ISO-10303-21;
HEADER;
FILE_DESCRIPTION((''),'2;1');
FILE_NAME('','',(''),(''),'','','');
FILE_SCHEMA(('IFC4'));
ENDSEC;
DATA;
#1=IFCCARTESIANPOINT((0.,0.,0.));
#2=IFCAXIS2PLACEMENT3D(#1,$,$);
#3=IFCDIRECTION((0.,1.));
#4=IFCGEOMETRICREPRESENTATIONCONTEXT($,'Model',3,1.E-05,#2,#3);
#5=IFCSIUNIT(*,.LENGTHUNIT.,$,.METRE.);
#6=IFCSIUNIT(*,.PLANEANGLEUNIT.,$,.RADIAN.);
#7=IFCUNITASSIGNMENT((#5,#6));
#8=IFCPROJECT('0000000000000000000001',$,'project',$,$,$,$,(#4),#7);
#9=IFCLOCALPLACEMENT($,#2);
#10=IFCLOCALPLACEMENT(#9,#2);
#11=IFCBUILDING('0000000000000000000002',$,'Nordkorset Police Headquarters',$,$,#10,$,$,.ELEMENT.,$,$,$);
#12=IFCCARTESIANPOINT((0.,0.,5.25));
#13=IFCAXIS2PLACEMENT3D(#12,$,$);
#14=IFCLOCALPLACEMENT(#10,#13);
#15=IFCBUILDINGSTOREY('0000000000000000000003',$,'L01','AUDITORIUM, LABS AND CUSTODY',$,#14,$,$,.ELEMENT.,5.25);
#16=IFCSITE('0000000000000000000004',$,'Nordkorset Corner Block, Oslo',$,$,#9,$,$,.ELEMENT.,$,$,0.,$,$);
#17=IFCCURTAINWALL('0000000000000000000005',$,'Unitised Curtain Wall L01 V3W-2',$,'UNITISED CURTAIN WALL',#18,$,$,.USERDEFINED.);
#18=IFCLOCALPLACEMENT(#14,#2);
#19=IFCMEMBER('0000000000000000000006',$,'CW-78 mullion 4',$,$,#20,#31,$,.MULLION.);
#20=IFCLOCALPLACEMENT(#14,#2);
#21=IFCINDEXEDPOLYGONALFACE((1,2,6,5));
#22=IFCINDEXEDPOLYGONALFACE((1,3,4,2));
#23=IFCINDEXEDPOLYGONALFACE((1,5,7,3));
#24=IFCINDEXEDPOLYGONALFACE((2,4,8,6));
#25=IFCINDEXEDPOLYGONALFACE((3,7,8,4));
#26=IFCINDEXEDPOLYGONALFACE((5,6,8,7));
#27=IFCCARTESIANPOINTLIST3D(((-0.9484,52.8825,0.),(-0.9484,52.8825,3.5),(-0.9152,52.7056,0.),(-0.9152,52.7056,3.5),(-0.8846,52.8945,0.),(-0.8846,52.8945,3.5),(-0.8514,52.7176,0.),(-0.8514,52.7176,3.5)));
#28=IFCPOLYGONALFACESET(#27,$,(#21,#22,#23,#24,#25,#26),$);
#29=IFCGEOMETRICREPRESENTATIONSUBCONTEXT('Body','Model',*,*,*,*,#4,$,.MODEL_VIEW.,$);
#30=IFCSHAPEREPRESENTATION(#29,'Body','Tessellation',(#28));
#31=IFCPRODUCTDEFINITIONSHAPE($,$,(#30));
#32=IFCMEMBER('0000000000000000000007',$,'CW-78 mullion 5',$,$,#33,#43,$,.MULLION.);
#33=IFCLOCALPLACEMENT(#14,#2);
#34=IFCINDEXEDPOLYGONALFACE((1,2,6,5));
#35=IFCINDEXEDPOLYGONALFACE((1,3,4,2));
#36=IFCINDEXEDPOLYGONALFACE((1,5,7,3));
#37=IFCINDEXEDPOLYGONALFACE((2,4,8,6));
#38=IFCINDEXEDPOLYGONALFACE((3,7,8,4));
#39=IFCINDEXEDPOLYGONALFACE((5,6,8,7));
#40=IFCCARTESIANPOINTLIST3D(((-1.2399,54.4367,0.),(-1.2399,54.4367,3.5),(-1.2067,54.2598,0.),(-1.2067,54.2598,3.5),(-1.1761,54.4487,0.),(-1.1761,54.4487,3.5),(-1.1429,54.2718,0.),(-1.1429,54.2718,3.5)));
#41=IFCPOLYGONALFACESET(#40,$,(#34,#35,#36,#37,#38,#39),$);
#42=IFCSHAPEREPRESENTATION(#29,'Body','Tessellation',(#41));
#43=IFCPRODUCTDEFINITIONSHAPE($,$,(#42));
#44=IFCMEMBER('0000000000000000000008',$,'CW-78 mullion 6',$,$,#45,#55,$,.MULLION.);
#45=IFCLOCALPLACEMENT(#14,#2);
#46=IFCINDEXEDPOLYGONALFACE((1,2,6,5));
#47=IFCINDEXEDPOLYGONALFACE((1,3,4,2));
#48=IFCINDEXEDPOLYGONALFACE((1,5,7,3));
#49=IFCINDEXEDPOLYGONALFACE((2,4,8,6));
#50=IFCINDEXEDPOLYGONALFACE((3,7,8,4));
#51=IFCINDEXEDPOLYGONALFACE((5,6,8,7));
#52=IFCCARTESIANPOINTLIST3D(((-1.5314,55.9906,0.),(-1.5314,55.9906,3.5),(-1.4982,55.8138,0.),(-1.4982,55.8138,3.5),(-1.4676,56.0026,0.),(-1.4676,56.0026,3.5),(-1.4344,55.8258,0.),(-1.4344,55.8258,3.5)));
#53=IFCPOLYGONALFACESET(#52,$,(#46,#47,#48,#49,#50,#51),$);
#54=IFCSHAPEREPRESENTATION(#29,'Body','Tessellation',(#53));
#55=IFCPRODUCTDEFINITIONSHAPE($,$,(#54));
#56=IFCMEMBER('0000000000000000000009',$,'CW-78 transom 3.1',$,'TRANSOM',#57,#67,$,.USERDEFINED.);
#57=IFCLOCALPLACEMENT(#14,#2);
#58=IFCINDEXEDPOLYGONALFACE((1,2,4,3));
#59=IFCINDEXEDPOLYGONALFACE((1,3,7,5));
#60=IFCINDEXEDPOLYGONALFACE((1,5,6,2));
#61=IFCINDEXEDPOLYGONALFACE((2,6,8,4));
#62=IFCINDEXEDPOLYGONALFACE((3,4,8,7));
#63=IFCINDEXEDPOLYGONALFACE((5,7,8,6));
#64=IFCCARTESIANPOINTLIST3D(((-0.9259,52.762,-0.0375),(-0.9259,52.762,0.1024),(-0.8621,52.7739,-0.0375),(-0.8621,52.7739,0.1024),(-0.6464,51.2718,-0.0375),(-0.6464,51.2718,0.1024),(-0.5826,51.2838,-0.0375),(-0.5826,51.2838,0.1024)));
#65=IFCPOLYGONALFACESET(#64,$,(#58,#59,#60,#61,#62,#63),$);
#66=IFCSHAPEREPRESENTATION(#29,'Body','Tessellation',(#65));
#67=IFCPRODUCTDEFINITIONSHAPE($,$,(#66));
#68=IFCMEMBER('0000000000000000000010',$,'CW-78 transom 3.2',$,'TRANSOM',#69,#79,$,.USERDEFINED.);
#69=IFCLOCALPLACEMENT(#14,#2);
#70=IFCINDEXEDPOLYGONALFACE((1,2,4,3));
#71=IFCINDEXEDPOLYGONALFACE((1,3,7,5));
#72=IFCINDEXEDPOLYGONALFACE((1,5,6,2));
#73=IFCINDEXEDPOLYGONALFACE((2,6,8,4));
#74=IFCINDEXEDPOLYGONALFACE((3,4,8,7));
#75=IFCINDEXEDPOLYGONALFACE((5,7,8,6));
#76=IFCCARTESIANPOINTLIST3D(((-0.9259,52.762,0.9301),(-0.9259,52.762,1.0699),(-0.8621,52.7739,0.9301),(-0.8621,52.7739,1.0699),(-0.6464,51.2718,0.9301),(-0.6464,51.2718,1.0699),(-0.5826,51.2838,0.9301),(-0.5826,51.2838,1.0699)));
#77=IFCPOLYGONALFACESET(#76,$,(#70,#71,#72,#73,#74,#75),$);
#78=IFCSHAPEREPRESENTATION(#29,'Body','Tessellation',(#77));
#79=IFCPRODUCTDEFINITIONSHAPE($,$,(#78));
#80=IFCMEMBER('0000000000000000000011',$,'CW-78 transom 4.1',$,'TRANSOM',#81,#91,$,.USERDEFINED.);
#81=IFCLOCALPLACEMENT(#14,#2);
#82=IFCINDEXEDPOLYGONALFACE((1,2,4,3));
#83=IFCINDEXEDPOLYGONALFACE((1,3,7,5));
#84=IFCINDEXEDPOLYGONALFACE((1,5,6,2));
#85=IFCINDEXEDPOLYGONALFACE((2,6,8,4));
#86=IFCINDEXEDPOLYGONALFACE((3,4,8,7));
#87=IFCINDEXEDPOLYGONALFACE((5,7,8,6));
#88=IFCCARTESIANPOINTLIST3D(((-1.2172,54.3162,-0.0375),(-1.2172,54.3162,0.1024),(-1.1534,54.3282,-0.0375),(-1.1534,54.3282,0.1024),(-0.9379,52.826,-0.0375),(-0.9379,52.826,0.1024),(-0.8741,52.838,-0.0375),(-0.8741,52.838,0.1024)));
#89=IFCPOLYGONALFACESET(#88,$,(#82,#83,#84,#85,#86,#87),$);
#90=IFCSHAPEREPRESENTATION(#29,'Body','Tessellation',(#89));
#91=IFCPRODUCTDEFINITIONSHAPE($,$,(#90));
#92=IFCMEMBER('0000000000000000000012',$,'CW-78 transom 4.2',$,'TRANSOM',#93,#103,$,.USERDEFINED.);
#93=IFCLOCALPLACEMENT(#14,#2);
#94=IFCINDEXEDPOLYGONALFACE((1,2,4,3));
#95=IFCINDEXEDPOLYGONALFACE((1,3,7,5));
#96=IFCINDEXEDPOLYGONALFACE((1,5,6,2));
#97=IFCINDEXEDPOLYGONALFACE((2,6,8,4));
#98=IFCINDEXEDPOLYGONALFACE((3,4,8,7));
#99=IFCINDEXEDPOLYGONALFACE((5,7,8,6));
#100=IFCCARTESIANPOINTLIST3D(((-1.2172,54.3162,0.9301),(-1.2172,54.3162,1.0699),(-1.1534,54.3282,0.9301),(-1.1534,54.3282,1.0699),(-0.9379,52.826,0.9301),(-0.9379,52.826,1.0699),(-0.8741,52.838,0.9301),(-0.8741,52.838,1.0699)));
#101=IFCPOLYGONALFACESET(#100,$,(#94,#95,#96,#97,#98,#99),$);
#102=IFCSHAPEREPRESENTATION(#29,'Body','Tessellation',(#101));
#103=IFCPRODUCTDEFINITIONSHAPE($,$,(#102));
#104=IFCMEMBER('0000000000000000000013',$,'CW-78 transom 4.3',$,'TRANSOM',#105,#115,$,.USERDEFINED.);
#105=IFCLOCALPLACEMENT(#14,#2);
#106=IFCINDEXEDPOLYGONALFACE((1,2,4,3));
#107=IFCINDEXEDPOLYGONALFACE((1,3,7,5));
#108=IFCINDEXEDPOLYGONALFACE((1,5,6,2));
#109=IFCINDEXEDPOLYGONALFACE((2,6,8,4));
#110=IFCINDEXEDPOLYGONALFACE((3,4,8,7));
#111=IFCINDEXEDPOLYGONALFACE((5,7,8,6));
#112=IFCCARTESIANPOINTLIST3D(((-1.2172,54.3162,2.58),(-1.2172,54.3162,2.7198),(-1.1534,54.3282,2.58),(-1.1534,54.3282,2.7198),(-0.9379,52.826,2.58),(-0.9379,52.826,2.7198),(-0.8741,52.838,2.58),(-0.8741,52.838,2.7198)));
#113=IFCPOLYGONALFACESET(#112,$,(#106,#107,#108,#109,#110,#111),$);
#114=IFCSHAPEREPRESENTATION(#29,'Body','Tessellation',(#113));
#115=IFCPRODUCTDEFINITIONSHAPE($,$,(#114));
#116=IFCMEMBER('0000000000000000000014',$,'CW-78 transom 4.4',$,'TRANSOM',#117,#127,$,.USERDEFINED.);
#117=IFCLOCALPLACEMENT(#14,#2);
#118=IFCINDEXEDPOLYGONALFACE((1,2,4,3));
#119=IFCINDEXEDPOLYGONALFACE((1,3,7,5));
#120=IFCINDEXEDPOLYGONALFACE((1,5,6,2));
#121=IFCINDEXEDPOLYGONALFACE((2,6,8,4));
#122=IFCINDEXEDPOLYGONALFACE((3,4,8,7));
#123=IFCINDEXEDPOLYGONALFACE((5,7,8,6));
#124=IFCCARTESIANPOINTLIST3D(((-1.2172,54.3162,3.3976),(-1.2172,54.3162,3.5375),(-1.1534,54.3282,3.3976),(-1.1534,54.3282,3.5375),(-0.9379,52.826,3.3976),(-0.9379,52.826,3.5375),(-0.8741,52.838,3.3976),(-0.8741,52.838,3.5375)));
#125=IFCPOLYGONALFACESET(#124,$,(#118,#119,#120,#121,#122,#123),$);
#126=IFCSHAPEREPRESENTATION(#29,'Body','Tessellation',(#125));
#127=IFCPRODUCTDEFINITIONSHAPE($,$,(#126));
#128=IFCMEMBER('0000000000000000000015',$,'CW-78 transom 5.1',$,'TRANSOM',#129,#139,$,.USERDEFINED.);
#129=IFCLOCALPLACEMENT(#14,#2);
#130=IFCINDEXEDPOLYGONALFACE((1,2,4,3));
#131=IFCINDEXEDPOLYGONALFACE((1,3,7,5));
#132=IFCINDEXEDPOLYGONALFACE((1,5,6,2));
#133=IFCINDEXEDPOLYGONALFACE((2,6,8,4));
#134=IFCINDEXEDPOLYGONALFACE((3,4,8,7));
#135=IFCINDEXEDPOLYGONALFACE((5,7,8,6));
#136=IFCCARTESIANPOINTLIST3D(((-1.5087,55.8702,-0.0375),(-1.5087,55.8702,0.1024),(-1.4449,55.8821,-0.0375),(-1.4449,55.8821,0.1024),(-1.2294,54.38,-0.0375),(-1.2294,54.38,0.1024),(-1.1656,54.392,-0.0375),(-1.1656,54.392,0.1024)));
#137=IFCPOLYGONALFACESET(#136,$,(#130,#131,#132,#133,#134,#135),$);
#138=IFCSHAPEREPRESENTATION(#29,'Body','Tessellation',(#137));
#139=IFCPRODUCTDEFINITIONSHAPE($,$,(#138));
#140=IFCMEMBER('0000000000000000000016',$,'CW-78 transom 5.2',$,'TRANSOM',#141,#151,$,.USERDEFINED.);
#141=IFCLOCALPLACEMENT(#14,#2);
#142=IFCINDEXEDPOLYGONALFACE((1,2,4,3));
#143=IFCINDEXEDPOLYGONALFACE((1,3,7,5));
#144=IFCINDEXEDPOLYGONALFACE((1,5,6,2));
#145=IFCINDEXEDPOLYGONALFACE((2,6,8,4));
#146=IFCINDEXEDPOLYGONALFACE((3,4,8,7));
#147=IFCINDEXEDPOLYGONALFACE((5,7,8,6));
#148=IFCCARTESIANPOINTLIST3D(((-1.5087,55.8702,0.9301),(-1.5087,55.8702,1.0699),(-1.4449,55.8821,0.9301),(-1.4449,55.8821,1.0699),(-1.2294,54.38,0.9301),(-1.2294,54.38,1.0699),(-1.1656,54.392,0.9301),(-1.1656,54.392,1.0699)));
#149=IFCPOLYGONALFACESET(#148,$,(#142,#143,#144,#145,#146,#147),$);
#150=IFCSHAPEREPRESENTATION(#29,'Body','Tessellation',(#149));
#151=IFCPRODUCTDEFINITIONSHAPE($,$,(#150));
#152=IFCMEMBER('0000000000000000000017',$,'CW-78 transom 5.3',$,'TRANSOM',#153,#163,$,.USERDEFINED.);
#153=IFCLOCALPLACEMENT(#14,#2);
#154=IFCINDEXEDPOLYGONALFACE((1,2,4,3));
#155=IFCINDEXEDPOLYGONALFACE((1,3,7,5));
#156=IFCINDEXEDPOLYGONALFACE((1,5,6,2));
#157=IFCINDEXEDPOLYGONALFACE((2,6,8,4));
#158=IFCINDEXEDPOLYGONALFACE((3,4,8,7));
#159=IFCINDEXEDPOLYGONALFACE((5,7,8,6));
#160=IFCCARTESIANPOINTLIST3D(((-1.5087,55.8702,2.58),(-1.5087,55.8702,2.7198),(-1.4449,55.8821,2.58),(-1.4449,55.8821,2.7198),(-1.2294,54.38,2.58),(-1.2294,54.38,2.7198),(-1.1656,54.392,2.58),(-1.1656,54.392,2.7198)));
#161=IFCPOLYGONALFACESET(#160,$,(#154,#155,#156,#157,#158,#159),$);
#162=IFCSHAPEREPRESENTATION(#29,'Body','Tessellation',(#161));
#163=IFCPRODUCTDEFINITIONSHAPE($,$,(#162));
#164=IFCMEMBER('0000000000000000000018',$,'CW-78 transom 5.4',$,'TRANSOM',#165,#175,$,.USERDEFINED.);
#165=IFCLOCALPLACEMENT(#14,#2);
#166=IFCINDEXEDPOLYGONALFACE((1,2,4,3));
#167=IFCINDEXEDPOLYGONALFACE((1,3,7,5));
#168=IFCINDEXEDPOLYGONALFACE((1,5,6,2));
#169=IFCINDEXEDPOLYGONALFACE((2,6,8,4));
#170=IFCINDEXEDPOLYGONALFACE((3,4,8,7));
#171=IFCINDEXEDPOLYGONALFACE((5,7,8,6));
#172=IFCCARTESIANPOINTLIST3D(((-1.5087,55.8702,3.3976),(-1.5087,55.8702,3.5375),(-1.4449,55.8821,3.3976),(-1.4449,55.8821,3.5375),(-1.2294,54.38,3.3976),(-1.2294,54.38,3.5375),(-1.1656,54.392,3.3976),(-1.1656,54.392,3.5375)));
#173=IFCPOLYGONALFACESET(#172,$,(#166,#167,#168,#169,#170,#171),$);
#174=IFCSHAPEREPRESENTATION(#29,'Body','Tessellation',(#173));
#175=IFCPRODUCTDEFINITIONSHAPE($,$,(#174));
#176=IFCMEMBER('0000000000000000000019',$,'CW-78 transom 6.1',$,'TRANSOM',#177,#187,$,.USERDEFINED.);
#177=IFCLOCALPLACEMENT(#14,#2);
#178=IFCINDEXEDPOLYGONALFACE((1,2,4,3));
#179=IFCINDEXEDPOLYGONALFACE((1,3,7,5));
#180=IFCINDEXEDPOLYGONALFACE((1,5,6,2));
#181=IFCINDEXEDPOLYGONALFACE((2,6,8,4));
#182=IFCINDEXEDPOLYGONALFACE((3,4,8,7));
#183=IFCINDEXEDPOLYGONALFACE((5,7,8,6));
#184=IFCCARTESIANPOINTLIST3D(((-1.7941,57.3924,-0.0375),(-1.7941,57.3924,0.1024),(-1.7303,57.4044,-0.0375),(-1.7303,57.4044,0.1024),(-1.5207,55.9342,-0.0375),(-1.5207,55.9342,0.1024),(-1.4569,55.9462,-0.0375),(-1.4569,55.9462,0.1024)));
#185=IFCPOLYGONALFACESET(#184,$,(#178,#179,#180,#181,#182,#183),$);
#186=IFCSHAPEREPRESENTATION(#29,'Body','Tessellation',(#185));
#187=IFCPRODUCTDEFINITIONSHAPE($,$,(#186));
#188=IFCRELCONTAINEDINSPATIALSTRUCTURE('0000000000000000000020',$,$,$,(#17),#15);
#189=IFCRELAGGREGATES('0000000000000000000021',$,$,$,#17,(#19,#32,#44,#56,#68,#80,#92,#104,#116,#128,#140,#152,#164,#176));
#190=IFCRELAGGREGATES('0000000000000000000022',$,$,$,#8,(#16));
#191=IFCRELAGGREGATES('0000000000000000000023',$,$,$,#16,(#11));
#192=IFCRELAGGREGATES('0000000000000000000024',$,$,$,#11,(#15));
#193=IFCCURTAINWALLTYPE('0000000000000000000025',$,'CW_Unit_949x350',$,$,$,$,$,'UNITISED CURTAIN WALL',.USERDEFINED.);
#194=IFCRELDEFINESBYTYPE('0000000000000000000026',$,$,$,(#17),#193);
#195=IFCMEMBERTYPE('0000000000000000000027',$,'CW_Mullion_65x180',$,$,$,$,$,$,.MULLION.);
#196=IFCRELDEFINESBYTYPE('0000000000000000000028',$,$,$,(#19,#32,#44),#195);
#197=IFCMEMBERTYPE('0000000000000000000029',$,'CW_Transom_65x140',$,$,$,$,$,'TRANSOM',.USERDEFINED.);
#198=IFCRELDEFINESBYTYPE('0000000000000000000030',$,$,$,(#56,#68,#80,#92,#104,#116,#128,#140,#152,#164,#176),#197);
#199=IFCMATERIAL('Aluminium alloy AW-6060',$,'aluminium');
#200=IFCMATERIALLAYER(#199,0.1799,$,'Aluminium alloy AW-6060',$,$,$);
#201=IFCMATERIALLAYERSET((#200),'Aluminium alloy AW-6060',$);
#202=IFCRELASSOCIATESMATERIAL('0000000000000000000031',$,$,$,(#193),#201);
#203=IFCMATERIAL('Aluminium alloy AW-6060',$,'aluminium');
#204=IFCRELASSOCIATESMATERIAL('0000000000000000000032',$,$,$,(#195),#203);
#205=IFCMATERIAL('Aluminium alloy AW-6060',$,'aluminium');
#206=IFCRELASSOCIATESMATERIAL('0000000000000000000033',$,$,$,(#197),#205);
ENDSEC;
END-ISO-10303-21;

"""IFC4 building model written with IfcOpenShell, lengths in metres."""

from ifc_helpers import new_model, si_unit, direction, frame, origin, origin_2d, place, context, subcontext, project, spatial, rectangle, extrude, material, layer, layer_set, material_profile, profile_set, type_object, element, aggregate, save


model = new_model("IFC4")

# Units and contexts
model_context = context("Model", 3, precision=1e-05, world=origin(), true_north=direction((0.0, 1.0)))
body_context = subcontext(model_context, "Body", "Model", "MODEL_VIEW")
ifc_project = project(units=[si_unit("LENGTHUNIT", "METRE"), si_unit("PLANEANGLEUNIT", "RADIAN")], contexts=[model_context])

# Site, building, storey
site_placement = place(None, origin())
site = spatial("IfcSite", under=ifc_project, at=site_placement, Name="Nordkorset Corner Block, Oslo", CompositionType="ELEMENT", RefElevation=0.0)
building_placement = place(site_placement, origin())
building = spatial("IfcBuilding", under=site, at=building_placement, Name="Nordkorset Police Headquarters", CompositionType="ELEMENT")
storey_placement = place(building_placement, frame((0.0, 0.0, 5.25)))
storey = spatial("IfcBuildingStorey", under=building, at=storey_placement, Name="L01", Description="AUDITORIUM, LABS AND CUSTODY", CompositionType="ELEMENT", Elevation=5.25)

# Curtain wall, members
ifc_material_1 = material(Name="Aluminium alloy AW-6060", Category="aluminium")
ifc_layer_1 = layer(ifc_material_1, 0.1799, Name="Aluminium alloy AW-6060")
ifc_layer_set_1 = layer_set([ifc_layer_1], Name="Aluminium alloy AW-6060")
curtain_wall_type = type_object("IfcCurtainWallType", Name="CW_Unit_949x350", ElementType="UNITISED CURTAIN WALL", PredefinedType="USERDEFINED", material=ifc_layer_set_1)
curtain_wall_placement = place(storey_placement, origin())
curtain_wall = element("IfcCurtainWall", 1, at=curtain_wall_placement, inside=storey, type_object=curtain_wall_type, Name="Unitised Curtain Wall L01 V3W-2", ObjectType="UNITISED CURTAIN WALL", PredefinedType="USERDEFINED")
ifc_material_2 = material(Name="Aluminium alloy AW-6060", Category="aluminium")
ifc_material_profile_1 = material_profile(ifc_material_2, rectangle(XDim=0.0649, YDim=0.1799, at=origin_2d()), Name="ALU MULL 65x180")
ifc_profile_set_1 = profile_set([ifc_material_profile_1], Name="Aluminium alloy AW-6060")
member_type_1 = type_object("IfcMemberType", Name="CW_Mullion_65x180", PredefinedType="MULLION", material=ifc_profile_set_1)
member_1_placement = place(storey_placement, frame((-0.8999, 52.8, 0.0), z_axis=(0.0, 0.0, 1.0), x_axis=(-0.982872, -0.184289, 0.0)))
member_1 = element("IfcMember", 2, at=member_1_placement, type_object=member_type_1, Name="CW-78 mullion 4", PredefinedType="MULLION", context=body_context, shape_type="SweptSolid", body=[
    extrude(rectangle(XDim=0.0649, YDim=0.1799, at=origin_2d()), origin(), (0.0, 0.0, 1.0), 3.5),
])
member_2_placement = place(storey_placement, frame((-1.1914, 54.3542, 0.0), z_axis=(0.0, 0.0, 1.0), x_axis=(-0.982872, -0.184289, 0.0)))
member_2 = element("IfcMember", 3, at=member_2_placement, type_object=member_type_1, Name="CW-78 mullion 5", PredefinedType="MULLION", context=body_context, shape_type="SweptSolid", body=[
    extrude(rectangle(XDim=0.0649, YDim=0.1799, at=origin_2d()), origin(), (0.0, 0.0, 1.0), 3.5),
])
member_3_placement = place(storey_placement, frame((-1.4829, 55.9082, 0.0), z_axis=(0.0, 0.0, 1.0), x_axis=(-0.982872, -0.184289, 0.0)))
member_3 = element("IfcMember", 4, at=member_3_placement, type_object=member_type_1, Name="CW-78 mullion 6", PredefinedType="MULLION", context=body_context, shape_type="SweptSolid", body=[
    extrude(rectangle(XDim=0.0649, YDim=0.1799, at=origin_2d()), origin(), (0.0, 0.0, 1.0), 3.5),
])
ifc_material_3 = material(Name="Aluminium alloy AW-6060", Category="aluminium")
ifc_material_profile_2 = material_profile(ifc_material_3, rectangle(XDim=0.0649, YDim=0.1399, at=origin_2d()), Name="ALU TRAN 65x140")
ifc_profile_set_2 = profile_set([ifc_material_profile_2], Name="Aluminium alloy AW-6060")
member_type_2 = type_object("IfcMemberType", Name="CW_Transom_65x140", ElementType="TRANSOM", PredefinedType="USERDEFINED", material=ifc_profile_set_2)
member_4_placement = place(storey_placement, frame((-0.6145, 51.2778, 0.0325), z_axis=(-0.184366, 0.982858, 0.0), x_axis=(-0.982858, -0.184366, 0.0)))
member_4 = element("IfcMember", 5, at=member_4_placement, type_object=member_type_2, Name="CW-78 transom 3.1", ObjectType="TRANSOM", PredefinedType="USERDEFINED", context=body_context, shape_type="SweptSolid", body=[
    extrude(rectangle(XDim=0.0649, YDim=0.1399, at=origin_2d()), origin(), (0.0, 0.0, 1.0), 1.5161),
])
member_5_placement = place(storey_placement, frame((-0.6145, 51.2778, 1.0), z_axis=(-0.184366, 0.982858, 0.0), x_axis=(-0.982858, -0.184366, 0.0)))
member_5 = element("IfcMember", 6, at=member_5_placement, type_object=member_type_2, Name="CW-78 transom 3.2", ObjectType="TRANSOM", PredefinedType="USERDEFINED", context=body_context, shape_type="SweptSolid", body=[
    extrude(rectangle(XDim=0.0649, YDim=0.1399, at=origin_2d()), origin(), (0.0, 0.0, 1.0), 1.5161),
])
member_6_placement = place(storey_placement, frame((-0.906, 52.832, 0.0325), z_axis=(-0.184211, 0.982887, 0.0), x_axis=(-0.982887, -0.184211, 0.0)))
member_6 = element("IfcMember", 7, at=member_6_placement, type_object=member_type_2, Name="CW-78 transom 4.1", ObjectType="TRANSOM", PredefinedType="USERDEFINED", context=body_context, shape_type="SweptSolid", body=[
    extrude(rectangle(XDim=0.0649, YDim=0.1399, at=origin_2d()), origin(), (0.0, 0.0, 1.0), 1.5161),
])
member_7_placement = place(storey_placement, frame((-0.906, 52.832, 1.0), z_axis=(-0.184211, 0.982887, 0.0), x_axis=(-0.982887, -0.184211, 0.0)))
member_7 = element("IfcMember", 8, at=member_7_placement, type_object=member_type_2, Name="CW-78 transom 4.2", ObjectType="TRANSOM", PredefinedType="USERDEFINED", context=body_context, shape_type="SweptSolid", body=[
    extrude(rectangle(XDim=0.0649, YDim=0.1399, at=origin_2d()), origin(), (0.0, 0.0, 1.0), 1.5161),
])
member_8_placement = place(storey_placement, frame((-0.906, 52.832, 2.6499), z_axis=(-0.184211, 0.982887, 0.0), x_axis=(-0.982887, -0.184211, 0.0)))
member_8 = element("IfcMember", 9, at=member_8_placement, type_object=member_type_2, Name="CW-78 transom 4.3", ObjectType="TRANSOM", PredefinedType="USERDEFINED", context=body_context, shape_type="SweptSolid", body=[
    extrude(rectangle(XDim=0.0649, YDim=0.1399, at=origin_2d()), origin(), (0.0, 0.0, 1.0), 1.5161),
])
member_9_placement = place(storey_placement, frame((-0.906, 52.832, 3.4675), z_axis=(-0.184211, 0.982887, 0.0), x_axis=(-0.982887, -0.184211, 0.0)))
member_9 = element("IfcMember", 10, at=member_9_placement, type_object=member_type_2, Name="CW-78 transom 4.4", ObjectType="TRANSOM", PredefinedType="USERDEFINED", context=body_context, shape_type="SweptSolid", body=[
    extrude(rectangle(XDim=0.0649, YDim=0.1399, at=origin_2d()), origin(), (0.0, 0.0, 1.0), 1.5161),
])
member_10_placement = place(storey_placement, frame((-1.1975, 54.386, 0.0325), z_axis=(-0.184211, 0.982887, 0.0), x_axis=(-0.982887, -0.184211, 0.0)))
member_10 = element("IfcMember", 11, at=member_10_placement, type_object=member_type_2, Name="CW-78 transom 5.1", ObjectType="TRANSOM", PredefinedType="USERDEFINED", context=body_context, shape_type="SweptSolid", body=[
    extrude(rectangle(XDim=0.0649, YDim=0.1399, at=origin_2d()), origin(), (0.0, 0.0, 1.0), 1.5161),
])
member_11_placement = place(storey_placement, frame((-1.1975, 54.386, 1.0), z_axis=(-0.184211, 0.982887, 0.0), x_axis=(-0.982887, -0.184211, 0.0)))
member_11 = element("IfcMember", 12, at=member_11_placement, type_object=member_type_2, Name="CW-78 transom 5.2", ObjectType="TRANSOM", PredefinedType="USERDEFINED", context=body_context, shape_type="SweptSolid", body=[
    extrude(rectangle(XDim=0.0649, YDim=0.1399, at=origin_2d()), origin(), (0.0, 0.0, 1.0), 1.5161),
])
member_12_placement = place(storey_placement, frame((-1.1975, 54.386, 2.6499), z_axis=(-0.184211, 0.982887, 0.0), x_axis=(-0.982887, -0.184211, 0.0)))
member_12 = element("IfcMember", 13, at=member_12_placement, type_object=member_type_2, Name="CW-78 transom 5.3", ObjectType="TRANSOM", PredefinedType="USERDEFINED", context=body_context, shape_type="SweptSolid", body=[
    extrude(rectangle(XDim=0.0649, YDim=0.1399, at=origin_2d()), origin(), (0.0, 0.0, 1.0), 1.5161),
])
member_13_placement = place(storey_placement, frame((-1.1975, 54.386, 3.4675), z_axis=(-0.184211, 0.982887, 0.0), x_axis=(-0.982887, -0.184211, 0.0)))
member_13 = element("IfcMember", 14, at=member_13_placement, type_object=member_type_2, Name="CW-78 transom 5.4", ObjectType="TRANSOM", PredefinedType="USERDEFINED", context=body_context, shape_type="SweptSolid", body=[
    extrude(rectangle(XDim=0.0649, YDim=0.1399, at=origin_2d()), origin(), (0.0, 0.0, 1.0), 1.5161),
])
member_14_placement = place(storey_placement, frame((-1.4888, 55.9402, 0.0325), z_axis=(-0.184298, 0.98287, 0.0), x_axis=(-0.98287, -0.184298, 0.0)))
member_14 = element("IfcMember", 15, at=member_14_placement, type_object=member_type_2, Name="CW-78 transom 6.1", ObjectType="TRANSOM", PredefinedType="USERDEFINED", context=body_context, shape_type="SweptSolid", body=[
    extrude(rectangle(XDim=0.0649, YDim=0.1399, at=origin_2d()), origin(), (0.0, 0.0, 1.0), 1.4836),
])
aggregate(curtain_wall, [member_1, member_2, member_3, member_4, member_5, member_6, member_7, member_8, member_9, member_10, member_11, member_12, member_13, member_14])

save(model, "model.ifc")
